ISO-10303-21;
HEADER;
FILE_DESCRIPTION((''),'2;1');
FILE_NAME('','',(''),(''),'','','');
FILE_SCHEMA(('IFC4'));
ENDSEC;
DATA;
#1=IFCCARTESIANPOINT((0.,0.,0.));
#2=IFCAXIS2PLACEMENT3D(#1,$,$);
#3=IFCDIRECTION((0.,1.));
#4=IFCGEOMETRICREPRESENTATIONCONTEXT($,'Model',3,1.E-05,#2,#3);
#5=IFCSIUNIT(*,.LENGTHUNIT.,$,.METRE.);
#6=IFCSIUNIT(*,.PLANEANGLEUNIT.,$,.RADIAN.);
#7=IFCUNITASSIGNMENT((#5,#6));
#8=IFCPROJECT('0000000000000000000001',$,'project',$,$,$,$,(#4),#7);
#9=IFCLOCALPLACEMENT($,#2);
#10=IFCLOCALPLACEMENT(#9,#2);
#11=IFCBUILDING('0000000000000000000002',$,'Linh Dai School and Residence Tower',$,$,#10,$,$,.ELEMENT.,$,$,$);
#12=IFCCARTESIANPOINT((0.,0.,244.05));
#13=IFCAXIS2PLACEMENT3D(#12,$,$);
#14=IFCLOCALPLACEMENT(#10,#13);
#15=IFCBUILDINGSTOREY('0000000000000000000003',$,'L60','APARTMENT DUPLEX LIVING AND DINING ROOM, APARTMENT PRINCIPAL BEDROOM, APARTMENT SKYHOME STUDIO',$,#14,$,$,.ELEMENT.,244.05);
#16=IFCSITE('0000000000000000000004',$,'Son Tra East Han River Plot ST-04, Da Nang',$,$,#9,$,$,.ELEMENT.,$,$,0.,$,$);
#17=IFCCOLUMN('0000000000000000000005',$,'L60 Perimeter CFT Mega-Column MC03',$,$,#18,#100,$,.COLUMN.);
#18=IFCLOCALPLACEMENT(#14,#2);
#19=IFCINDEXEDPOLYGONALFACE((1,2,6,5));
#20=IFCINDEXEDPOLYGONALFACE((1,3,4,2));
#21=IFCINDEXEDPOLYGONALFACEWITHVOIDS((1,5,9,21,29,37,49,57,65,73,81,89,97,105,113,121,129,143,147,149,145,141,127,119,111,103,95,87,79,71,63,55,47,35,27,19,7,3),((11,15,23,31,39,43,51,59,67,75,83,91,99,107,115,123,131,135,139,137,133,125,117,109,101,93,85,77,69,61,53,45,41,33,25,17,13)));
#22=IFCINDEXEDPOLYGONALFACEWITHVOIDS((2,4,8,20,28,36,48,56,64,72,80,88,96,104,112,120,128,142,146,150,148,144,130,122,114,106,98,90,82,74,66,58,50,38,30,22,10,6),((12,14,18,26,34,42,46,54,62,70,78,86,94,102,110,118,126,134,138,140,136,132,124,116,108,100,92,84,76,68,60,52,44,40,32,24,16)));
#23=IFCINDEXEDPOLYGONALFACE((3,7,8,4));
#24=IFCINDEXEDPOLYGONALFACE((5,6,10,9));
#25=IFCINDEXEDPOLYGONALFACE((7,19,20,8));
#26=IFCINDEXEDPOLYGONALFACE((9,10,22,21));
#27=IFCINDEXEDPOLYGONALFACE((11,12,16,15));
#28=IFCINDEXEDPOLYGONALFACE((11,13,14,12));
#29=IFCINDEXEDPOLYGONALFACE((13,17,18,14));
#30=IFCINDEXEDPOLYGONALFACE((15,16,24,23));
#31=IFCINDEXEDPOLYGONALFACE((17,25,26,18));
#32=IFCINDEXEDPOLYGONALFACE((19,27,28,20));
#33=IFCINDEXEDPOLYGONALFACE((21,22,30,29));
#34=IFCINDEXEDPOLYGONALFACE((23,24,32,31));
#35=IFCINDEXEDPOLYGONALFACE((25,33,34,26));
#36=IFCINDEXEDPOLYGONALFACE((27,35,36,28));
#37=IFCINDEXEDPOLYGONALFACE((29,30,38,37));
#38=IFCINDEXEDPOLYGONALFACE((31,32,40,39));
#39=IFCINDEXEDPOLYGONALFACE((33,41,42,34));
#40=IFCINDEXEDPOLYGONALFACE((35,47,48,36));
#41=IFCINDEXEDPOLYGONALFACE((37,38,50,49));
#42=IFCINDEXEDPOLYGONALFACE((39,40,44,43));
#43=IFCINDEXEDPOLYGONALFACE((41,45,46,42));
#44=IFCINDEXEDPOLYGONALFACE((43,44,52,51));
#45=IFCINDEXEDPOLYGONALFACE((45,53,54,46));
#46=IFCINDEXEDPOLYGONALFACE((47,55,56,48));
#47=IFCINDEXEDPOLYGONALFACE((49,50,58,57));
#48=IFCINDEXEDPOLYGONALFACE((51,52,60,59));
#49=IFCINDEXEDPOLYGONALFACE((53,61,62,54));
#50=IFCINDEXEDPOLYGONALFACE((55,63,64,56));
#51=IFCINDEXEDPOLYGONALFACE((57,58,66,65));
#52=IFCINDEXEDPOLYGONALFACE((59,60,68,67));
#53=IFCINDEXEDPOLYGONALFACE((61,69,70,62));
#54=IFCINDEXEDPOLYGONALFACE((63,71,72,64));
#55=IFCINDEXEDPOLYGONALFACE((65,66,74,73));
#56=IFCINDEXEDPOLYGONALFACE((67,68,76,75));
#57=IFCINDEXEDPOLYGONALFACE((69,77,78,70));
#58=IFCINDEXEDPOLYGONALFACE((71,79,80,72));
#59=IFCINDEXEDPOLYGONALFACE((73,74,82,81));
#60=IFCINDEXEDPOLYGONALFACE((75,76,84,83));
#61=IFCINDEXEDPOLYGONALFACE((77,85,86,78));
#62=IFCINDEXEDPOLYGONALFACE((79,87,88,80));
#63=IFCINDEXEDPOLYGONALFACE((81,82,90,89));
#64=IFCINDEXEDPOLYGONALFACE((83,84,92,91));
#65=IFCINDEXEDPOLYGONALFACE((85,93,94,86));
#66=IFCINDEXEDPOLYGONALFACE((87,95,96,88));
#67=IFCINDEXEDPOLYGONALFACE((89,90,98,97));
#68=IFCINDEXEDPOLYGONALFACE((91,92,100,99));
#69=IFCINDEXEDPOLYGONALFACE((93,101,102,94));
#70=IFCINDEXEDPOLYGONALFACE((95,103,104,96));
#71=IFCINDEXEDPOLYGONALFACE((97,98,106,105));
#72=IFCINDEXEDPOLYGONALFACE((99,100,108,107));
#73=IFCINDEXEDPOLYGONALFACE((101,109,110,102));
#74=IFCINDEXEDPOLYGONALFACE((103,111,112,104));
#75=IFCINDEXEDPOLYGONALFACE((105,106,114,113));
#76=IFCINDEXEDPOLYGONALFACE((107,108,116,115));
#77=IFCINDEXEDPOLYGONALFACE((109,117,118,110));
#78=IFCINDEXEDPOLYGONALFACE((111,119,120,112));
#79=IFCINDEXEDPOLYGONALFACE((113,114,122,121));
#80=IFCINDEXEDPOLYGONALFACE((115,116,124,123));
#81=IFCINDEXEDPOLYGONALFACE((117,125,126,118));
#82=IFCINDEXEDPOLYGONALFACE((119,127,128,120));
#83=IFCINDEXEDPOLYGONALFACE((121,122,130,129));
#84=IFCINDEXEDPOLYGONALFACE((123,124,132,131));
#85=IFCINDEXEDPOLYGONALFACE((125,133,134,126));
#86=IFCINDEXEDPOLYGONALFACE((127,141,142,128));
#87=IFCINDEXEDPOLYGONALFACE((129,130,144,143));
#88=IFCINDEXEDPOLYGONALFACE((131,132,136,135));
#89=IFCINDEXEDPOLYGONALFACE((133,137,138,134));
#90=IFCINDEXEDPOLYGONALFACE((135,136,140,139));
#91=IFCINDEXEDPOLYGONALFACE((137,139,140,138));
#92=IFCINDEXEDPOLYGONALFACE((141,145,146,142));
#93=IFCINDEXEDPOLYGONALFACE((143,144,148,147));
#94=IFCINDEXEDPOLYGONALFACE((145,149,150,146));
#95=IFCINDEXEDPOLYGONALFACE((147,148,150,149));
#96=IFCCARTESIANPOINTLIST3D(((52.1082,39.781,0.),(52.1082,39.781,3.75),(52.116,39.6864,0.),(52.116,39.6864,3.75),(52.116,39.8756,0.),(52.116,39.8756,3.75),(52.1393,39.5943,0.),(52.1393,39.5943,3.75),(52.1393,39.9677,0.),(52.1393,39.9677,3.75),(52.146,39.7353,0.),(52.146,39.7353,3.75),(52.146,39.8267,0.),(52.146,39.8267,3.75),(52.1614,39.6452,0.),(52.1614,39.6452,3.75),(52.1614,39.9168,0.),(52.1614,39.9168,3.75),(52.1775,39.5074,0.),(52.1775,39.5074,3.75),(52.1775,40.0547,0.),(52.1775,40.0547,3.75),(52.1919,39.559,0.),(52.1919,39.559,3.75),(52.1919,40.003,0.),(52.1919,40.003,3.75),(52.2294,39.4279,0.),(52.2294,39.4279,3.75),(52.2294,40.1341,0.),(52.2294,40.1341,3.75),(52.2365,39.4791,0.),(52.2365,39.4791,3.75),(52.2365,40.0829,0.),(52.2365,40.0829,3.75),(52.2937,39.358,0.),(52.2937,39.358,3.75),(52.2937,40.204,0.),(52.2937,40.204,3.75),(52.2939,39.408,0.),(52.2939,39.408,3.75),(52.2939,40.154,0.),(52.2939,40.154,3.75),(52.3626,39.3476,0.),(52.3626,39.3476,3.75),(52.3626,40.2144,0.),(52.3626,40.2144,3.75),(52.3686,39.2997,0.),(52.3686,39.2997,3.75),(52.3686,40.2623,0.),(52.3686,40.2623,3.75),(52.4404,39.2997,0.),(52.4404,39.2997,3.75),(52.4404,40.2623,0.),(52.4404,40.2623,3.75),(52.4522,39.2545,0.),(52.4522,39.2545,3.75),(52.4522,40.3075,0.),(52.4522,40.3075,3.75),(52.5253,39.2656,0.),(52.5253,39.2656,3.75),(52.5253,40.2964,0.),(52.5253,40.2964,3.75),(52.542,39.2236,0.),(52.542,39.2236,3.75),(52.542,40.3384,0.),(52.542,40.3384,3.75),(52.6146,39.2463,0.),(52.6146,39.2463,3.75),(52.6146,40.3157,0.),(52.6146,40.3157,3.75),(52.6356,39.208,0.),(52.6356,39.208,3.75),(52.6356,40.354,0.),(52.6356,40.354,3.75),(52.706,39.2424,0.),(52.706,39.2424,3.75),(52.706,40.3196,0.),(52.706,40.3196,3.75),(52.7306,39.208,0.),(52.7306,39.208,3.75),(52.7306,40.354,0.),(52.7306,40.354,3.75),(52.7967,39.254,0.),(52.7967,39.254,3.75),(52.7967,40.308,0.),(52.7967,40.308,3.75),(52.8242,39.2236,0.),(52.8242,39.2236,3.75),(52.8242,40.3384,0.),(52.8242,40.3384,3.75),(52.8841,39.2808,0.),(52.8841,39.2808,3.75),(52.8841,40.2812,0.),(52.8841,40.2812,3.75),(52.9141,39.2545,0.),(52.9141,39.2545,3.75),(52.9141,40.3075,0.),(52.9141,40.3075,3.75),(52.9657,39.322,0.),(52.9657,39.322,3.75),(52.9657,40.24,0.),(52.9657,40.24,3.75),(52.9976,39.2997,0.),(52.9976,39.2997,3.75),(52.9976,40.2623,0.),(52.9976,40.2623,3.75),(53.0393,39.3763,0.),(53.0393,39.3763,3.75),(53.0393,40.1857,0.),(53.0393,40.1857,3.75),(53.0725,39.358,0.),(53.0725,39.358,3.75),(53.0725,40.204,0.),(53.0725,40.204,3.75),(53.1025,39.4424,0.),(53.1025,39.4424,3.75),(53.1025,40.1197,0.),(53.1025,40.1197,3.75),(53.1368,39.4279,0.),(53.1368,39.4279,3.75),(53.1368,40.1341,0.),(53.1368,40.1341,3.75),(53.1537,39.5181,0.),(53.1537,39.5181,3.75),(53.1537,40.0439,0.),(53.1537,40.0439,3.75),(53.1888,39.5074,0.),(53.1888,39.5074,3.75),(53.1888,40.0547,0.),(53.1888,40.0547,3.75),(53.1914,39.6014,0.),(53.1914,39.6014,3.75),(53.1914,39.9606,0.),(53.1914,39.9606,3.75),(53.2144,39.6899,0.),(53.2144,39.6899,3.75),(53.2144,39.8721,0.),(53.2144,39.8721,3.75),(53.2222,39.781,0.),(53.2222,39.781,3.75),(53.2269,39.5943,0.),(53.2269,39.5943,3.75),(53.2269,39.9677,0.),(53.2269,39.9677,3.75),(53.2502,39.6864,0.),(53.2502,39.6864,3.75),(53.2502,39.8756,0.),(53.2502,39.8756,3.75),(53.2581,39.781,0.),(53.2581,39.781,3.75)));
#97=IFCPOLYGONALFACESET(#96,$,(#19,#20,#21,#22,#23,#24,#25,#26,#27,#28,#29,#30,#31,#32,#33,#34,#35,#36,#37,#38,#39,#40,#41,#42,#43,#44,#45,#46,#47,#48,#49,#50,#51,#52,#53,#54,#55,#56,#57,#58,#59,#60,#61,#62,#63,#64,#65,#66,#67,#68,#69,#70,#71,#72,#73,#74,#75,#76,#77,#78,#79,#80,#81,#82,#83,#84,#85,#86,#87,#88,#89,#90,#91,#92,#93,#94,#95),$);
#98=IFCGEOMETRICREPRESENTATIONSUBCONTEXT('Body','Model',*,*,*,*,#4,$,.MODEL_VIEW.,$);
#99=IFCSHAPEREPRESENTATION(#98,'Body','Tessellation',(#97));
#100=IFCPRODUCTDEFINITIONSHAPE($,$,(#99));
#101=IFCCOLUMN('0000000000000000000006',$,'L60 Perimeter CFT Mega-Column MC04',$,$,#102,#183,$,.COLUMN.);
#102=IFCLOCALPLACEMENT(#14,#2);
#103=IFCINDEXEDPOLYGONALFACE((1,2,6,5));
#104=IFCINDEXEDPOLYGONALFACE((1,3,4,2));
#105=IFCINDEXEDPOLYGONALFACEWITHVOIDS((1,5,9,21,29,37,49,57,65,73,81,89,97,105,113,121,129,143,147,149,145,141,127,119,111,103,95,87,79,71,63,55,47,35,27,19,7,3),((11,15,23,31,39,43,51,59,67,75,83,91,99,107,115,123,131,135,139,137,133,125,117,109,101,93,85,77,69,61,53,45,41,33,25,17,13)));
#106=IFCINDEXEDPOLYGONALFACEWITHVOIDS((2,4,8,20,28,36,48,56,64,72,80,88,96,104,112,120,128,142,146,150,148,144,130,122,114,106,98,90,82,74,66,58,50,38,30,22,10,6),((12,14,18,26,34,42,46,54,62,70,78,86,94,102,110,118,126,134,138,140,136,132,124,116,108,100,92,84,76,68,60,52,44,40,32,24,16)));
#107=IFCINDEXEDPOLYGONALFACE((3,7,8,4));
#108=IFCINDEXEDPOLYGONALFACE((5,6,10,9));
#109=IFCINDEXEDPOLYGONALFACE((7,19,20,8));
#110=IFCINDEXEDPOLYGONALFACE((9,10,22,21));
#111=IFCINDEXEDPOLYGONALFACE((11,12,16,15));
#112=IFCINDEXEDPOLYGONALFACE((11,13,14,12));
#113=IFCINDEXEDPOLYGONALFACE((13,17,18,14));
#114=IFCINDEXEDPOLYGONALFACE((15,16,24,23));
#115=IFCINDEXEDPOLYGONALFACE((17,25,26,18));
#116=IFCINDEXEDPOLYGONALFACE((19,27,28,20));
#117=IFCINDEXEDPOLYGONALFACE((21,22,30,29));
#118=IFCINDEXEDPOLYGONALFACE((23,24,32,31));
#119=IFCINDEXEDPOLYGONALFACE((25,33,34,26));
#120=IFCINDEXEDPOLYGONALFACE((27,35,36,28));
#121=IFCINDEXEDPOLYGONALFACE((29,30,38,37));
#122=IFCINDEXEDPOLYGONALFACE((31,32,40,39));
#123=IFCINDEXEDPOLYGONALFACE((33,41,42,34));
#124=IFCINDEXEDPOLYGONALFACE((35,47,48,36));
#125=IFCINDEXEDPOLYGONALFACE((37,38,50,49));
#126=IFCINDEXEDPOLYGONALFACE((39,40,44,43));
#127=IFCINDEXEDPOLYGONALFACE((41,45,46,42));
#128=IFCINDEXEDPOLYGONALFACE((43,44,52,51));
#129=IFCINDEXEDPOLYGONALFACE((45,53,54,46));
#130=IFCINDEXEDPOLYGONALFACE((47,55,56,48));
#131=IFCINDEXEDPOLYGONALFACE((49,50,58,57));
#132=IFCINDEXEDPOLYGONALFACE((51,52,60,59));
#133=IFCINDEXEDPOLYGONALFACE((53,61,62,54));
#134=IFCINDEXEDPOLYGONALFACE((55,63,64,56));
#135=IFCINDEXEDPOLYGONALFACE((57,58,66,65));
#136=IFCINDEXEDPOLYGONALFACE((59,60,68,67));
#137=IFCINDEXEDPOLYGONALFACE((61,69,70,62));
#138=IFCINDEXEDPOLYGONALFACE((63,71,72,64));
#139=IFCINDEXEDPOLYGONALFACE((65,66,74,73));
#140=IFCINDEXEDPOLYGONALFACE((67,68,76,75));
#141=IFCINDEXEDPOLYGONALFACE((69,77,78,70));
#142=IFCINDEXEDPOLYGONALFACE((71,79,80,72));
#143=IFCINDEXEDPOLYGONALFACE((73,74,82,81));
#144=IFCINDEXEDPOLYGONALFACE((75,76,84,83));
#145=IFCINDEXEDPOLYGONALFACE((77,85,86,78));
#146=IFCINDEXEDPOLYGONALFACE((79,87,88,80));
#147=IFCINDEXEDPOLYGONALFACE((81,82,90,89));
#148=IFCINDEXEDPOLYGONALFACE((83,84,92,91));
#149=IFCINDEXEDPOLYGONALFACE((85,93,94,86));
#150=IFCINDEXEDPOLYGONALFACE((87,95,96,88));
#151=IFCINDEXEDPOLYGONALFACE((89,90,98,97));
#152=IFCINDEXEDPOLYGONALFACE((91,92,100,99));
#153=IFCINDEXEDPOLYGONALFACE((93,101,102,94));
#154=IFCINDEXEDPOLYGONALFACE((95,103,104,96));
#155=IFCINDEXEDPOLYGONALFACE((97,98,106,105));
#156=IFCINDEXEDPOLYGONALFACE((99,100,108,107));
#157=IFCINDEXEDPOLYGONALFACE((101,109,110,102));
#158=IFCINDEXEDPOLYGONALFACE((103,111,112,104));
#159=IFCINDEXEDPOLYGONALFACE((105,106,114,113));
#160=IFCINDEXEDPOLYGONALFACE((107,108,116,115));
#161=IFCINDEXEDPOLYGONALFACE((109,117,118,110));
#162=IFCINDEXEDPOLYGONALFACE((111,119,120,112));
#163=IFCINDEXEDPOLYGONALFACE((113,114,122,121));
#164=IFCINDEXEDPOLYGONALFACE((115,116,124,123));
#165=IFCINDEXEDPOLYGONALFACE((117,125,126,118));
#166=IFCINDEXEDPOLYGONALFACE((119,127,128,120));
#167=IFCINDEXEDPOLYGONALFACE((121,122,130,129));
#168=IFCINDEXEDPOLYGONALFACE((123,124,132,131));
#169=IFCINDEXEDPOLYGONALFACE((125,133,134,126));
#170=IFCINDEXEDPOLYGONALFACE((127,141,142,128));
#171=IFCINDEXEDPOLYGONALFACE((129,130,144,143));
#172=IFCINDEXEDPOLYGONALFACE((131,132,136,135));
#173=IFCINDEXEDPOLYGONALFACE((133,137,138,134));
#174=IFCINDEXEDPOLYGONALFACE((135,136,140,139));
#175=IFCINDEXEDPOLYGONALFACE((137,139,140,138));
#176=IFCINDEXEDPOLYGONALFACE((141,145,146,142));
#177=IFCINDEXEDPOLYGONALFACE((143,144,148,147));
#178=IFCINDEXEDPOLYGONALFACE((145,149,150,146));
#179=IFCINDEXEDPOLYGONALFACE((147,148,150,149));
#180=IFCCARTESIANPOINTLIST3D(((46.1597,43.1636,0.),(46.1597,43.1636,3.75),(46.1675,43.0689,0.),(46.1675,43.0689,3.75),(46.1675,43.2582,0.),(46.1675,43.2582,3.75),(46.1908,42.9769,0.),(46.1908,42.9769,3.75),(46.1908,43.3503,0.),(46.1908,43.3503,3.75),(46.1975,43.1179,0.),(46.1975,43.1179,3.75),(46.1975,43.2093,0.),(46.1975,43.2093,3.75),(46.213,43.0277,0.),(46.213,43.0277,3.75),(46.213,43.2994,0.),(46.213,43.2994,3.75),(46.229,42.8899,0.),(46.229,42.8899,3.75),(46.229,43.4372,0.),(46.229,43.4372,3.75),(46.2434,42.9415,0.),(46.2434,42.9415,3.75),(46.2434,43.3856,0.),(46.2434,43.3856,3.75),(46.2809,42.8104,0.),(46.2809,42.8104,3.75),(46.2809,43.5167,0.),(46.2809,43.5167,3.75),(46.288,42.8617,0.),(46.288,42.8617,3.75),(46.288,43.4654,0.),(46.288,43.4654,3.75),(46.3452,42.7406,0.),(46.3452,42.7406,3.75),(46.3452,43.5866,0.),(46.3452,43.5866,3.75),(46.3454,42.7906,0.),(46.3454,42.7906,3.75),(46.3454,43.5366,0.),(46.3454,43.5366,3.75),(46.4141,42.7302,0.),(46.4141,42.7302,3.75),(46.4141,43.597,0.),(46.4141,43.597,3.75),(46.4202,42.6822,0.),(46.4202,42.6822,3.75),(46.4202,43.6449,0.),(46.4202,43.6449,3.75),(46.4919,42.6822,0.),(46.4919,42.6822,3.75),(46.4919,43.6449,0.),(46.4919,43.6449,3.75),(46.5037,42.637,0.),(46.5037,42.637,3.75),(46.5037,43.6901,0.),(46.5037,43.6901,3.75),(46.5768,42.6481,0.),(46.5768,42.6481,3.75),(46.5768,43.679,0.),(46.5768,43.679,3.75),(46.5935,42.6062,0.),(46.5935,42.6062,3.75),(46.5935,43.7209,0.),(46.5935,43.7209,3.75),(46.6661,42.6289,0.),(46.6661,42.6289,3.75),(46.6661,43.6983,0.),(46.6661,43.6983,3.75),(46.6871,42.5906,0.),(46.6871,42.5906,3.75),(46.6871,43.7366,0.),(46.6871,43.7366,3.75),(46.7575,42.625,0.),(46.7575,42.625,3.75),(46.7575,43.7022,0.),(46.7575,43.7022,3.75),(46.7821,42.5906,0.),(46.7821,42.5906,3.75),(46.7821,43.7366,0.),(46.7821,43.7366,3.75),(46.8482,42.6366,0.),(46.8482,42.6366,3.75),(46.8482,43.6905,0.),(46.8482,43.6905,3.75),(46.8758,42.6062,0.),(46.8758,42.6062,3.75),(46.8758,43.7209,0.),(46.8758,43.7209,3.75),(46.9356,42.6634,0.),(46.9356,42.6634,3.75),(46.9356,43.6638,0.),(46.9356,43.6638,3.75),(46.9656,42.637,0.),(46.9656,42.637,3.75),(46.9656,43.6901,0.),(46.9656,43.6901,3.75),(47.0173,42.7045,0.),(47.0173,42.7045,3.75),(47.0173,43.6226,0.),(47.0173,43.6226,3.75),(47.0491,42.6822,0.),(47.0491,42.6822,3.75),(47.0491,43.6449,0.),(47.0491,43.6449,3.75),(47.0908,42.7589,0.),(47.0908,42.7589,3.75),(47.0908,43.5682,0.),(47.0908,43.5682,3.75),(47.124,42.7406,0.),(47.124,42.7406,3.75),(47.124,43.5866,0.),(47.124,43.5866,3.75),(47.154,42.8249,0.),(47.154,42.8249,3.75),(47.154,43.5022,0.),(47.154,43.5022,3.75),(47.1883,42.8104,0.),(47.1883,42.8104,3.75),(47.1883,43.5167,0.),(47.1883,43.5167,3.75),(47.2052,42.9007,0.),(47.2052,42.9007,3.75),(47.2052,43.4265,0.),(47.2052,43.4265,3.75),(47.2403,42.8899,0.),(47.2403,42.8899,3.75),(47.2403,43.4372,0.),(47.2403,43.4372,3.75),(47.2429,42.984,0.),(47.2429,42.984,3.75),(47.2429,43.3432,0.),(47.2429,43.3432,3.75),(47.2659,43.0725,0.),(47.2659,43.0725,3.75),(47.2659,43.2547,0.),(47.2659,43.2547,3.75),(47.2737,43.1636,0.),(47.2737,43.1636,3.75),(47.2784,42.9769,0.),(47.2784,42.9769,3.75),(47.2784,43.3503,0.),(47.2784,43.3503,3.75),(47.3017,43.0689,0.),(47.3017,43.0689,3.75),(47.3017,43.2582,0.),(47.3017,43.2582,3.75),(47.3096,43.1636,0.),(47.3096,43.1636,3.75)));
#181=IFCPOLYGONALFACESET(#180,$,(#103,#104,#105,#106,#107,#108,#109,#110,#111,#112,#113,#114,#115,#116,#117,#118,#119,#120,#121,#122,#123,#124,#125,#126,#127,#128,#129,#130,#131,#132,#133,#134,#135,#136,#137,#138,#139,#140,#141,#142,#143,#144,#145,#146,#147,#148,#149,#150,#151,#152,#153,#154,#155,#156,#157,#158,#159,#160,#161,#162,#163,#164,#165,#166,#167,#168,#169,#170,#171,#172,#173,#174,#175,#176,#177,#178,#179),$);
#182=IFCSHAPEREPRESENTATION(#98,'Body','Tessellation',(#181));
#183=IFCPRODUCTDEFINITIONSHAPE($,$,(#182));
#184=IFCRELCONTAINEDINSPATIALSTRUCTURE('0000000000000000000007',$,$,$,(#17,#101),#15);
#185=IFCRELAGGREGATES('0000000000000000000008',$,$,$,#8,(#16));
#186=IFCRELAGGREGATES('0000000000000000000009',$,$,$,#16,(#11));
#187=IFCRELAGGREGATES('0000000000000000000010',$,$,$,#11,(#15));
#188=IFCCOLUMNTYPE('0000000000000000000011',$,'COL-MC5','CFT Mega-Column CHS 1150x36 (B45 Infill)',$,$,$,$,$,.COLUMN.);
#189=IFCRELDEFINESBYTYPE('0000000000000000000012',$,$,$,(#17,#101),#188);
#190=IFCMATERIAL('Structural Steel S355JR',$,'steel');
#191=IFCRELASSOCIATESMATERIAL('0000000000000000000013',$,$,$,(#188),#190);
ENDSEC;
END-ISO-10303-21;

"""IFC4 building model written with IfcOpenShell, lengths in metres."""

from ifc_helpers import new_model, si_unit, direction, frame, origin, origin_2d, place, context, subcontext, project, spatial, hollow_circle, extrude, material, material_profile, profile_set, type_object, element, save


model = new_model("IFC4")

# Units and contexts
model_context = context("Model", 3, precision=1e-05, world=origin(), true_north=direction((0.0, 1.0)))
body_context = subcontext(model_context, "Body", "Model", "MODEL_VIEW")
ifc_project = project(units=[si_unit("LENGTHUNIT", "METRE"), si_unit("PLANEANGLEUNIT", "RADIAN")], contexts=[model_context])

# Site, building, storey
site_placement = place(None, origin())
site = spatial("IfcSite", under=ifc_project, at=site_placement, Name="Son Tra East Han River Plot ST-04, Da Nang", CompositionType="ELEMENT", RefElevation=0.0)
building_placement = place(site_placement, origin())
building = spatial("IfcBuilding", under=site, at=building_placement, Name="Linh Dai School and Residence Tower", CompositionType="ELEMENT")
storey_placement = place(building_placement, frame((0.0, 0.0, 244.05)))
storey = spatial("IfcBuildingStorey", under=building, at=storey_placement, Name="L60", Description="APARTMENT DUPLEX LIVING AND DINING ROOM, APARTMENT PRINCIPAL BEDROOM, APARTMENT SKYHOME STUDIO", CompositionType="ELEMENT", Elevation=244.05)

# Columns
ifc_material_1 = material(Name="Structural Steel S355JR", Category="steel")
ifc_material_profile_1 = material_profile(ifc_material_1, hollow_circle(Radius=0.575, WallThickness=0.0359, at=origin_2d()), Name="CHS 1150x36")
ifc_profile_set_1 = profile_set([ifc_material_profile_1], Name="Structural Steel S355JR")
column_type = type_object("IfcColumnType", Name="COL-MC5", Description="CFT Mega-Column CHS 1150x36 (B45 Infill)", PredefinedType="COLUMN", material=ifc_profile_set_1)
for number, where, z_axis, x_axis, name in (
    (1, (52.6831, 39.781, 0.0), (0.0, 0.0, 1.0), (1.0, 0.0, 0.0), "L60 Perimeter CFT Mega-Column MC03"),
    (2, (46.7346, 43.1636, 0.0), (0.0, 0.0, 1.0), (1.0, 0.0, 0.0), "L60 Perimeter CFT Mega-Column MC04"),
):
    element("IfcColumn", number, at=place(storey_placement, frame(where, z_axis=z_axis, x_axis=x_axis)), inside=storey, type_object=column_type, Name=name, PredefinedType="COLUMN", context=body_context, shape_type="SweptSolid", body=[
        extrude(hollow_circle(Radius=0.575, WallThickness=0.0359, at=origin_2d()), origin(), (0.0, 0.0, 1.0), 3.75),
    ])

save(model, "model.ifc")
